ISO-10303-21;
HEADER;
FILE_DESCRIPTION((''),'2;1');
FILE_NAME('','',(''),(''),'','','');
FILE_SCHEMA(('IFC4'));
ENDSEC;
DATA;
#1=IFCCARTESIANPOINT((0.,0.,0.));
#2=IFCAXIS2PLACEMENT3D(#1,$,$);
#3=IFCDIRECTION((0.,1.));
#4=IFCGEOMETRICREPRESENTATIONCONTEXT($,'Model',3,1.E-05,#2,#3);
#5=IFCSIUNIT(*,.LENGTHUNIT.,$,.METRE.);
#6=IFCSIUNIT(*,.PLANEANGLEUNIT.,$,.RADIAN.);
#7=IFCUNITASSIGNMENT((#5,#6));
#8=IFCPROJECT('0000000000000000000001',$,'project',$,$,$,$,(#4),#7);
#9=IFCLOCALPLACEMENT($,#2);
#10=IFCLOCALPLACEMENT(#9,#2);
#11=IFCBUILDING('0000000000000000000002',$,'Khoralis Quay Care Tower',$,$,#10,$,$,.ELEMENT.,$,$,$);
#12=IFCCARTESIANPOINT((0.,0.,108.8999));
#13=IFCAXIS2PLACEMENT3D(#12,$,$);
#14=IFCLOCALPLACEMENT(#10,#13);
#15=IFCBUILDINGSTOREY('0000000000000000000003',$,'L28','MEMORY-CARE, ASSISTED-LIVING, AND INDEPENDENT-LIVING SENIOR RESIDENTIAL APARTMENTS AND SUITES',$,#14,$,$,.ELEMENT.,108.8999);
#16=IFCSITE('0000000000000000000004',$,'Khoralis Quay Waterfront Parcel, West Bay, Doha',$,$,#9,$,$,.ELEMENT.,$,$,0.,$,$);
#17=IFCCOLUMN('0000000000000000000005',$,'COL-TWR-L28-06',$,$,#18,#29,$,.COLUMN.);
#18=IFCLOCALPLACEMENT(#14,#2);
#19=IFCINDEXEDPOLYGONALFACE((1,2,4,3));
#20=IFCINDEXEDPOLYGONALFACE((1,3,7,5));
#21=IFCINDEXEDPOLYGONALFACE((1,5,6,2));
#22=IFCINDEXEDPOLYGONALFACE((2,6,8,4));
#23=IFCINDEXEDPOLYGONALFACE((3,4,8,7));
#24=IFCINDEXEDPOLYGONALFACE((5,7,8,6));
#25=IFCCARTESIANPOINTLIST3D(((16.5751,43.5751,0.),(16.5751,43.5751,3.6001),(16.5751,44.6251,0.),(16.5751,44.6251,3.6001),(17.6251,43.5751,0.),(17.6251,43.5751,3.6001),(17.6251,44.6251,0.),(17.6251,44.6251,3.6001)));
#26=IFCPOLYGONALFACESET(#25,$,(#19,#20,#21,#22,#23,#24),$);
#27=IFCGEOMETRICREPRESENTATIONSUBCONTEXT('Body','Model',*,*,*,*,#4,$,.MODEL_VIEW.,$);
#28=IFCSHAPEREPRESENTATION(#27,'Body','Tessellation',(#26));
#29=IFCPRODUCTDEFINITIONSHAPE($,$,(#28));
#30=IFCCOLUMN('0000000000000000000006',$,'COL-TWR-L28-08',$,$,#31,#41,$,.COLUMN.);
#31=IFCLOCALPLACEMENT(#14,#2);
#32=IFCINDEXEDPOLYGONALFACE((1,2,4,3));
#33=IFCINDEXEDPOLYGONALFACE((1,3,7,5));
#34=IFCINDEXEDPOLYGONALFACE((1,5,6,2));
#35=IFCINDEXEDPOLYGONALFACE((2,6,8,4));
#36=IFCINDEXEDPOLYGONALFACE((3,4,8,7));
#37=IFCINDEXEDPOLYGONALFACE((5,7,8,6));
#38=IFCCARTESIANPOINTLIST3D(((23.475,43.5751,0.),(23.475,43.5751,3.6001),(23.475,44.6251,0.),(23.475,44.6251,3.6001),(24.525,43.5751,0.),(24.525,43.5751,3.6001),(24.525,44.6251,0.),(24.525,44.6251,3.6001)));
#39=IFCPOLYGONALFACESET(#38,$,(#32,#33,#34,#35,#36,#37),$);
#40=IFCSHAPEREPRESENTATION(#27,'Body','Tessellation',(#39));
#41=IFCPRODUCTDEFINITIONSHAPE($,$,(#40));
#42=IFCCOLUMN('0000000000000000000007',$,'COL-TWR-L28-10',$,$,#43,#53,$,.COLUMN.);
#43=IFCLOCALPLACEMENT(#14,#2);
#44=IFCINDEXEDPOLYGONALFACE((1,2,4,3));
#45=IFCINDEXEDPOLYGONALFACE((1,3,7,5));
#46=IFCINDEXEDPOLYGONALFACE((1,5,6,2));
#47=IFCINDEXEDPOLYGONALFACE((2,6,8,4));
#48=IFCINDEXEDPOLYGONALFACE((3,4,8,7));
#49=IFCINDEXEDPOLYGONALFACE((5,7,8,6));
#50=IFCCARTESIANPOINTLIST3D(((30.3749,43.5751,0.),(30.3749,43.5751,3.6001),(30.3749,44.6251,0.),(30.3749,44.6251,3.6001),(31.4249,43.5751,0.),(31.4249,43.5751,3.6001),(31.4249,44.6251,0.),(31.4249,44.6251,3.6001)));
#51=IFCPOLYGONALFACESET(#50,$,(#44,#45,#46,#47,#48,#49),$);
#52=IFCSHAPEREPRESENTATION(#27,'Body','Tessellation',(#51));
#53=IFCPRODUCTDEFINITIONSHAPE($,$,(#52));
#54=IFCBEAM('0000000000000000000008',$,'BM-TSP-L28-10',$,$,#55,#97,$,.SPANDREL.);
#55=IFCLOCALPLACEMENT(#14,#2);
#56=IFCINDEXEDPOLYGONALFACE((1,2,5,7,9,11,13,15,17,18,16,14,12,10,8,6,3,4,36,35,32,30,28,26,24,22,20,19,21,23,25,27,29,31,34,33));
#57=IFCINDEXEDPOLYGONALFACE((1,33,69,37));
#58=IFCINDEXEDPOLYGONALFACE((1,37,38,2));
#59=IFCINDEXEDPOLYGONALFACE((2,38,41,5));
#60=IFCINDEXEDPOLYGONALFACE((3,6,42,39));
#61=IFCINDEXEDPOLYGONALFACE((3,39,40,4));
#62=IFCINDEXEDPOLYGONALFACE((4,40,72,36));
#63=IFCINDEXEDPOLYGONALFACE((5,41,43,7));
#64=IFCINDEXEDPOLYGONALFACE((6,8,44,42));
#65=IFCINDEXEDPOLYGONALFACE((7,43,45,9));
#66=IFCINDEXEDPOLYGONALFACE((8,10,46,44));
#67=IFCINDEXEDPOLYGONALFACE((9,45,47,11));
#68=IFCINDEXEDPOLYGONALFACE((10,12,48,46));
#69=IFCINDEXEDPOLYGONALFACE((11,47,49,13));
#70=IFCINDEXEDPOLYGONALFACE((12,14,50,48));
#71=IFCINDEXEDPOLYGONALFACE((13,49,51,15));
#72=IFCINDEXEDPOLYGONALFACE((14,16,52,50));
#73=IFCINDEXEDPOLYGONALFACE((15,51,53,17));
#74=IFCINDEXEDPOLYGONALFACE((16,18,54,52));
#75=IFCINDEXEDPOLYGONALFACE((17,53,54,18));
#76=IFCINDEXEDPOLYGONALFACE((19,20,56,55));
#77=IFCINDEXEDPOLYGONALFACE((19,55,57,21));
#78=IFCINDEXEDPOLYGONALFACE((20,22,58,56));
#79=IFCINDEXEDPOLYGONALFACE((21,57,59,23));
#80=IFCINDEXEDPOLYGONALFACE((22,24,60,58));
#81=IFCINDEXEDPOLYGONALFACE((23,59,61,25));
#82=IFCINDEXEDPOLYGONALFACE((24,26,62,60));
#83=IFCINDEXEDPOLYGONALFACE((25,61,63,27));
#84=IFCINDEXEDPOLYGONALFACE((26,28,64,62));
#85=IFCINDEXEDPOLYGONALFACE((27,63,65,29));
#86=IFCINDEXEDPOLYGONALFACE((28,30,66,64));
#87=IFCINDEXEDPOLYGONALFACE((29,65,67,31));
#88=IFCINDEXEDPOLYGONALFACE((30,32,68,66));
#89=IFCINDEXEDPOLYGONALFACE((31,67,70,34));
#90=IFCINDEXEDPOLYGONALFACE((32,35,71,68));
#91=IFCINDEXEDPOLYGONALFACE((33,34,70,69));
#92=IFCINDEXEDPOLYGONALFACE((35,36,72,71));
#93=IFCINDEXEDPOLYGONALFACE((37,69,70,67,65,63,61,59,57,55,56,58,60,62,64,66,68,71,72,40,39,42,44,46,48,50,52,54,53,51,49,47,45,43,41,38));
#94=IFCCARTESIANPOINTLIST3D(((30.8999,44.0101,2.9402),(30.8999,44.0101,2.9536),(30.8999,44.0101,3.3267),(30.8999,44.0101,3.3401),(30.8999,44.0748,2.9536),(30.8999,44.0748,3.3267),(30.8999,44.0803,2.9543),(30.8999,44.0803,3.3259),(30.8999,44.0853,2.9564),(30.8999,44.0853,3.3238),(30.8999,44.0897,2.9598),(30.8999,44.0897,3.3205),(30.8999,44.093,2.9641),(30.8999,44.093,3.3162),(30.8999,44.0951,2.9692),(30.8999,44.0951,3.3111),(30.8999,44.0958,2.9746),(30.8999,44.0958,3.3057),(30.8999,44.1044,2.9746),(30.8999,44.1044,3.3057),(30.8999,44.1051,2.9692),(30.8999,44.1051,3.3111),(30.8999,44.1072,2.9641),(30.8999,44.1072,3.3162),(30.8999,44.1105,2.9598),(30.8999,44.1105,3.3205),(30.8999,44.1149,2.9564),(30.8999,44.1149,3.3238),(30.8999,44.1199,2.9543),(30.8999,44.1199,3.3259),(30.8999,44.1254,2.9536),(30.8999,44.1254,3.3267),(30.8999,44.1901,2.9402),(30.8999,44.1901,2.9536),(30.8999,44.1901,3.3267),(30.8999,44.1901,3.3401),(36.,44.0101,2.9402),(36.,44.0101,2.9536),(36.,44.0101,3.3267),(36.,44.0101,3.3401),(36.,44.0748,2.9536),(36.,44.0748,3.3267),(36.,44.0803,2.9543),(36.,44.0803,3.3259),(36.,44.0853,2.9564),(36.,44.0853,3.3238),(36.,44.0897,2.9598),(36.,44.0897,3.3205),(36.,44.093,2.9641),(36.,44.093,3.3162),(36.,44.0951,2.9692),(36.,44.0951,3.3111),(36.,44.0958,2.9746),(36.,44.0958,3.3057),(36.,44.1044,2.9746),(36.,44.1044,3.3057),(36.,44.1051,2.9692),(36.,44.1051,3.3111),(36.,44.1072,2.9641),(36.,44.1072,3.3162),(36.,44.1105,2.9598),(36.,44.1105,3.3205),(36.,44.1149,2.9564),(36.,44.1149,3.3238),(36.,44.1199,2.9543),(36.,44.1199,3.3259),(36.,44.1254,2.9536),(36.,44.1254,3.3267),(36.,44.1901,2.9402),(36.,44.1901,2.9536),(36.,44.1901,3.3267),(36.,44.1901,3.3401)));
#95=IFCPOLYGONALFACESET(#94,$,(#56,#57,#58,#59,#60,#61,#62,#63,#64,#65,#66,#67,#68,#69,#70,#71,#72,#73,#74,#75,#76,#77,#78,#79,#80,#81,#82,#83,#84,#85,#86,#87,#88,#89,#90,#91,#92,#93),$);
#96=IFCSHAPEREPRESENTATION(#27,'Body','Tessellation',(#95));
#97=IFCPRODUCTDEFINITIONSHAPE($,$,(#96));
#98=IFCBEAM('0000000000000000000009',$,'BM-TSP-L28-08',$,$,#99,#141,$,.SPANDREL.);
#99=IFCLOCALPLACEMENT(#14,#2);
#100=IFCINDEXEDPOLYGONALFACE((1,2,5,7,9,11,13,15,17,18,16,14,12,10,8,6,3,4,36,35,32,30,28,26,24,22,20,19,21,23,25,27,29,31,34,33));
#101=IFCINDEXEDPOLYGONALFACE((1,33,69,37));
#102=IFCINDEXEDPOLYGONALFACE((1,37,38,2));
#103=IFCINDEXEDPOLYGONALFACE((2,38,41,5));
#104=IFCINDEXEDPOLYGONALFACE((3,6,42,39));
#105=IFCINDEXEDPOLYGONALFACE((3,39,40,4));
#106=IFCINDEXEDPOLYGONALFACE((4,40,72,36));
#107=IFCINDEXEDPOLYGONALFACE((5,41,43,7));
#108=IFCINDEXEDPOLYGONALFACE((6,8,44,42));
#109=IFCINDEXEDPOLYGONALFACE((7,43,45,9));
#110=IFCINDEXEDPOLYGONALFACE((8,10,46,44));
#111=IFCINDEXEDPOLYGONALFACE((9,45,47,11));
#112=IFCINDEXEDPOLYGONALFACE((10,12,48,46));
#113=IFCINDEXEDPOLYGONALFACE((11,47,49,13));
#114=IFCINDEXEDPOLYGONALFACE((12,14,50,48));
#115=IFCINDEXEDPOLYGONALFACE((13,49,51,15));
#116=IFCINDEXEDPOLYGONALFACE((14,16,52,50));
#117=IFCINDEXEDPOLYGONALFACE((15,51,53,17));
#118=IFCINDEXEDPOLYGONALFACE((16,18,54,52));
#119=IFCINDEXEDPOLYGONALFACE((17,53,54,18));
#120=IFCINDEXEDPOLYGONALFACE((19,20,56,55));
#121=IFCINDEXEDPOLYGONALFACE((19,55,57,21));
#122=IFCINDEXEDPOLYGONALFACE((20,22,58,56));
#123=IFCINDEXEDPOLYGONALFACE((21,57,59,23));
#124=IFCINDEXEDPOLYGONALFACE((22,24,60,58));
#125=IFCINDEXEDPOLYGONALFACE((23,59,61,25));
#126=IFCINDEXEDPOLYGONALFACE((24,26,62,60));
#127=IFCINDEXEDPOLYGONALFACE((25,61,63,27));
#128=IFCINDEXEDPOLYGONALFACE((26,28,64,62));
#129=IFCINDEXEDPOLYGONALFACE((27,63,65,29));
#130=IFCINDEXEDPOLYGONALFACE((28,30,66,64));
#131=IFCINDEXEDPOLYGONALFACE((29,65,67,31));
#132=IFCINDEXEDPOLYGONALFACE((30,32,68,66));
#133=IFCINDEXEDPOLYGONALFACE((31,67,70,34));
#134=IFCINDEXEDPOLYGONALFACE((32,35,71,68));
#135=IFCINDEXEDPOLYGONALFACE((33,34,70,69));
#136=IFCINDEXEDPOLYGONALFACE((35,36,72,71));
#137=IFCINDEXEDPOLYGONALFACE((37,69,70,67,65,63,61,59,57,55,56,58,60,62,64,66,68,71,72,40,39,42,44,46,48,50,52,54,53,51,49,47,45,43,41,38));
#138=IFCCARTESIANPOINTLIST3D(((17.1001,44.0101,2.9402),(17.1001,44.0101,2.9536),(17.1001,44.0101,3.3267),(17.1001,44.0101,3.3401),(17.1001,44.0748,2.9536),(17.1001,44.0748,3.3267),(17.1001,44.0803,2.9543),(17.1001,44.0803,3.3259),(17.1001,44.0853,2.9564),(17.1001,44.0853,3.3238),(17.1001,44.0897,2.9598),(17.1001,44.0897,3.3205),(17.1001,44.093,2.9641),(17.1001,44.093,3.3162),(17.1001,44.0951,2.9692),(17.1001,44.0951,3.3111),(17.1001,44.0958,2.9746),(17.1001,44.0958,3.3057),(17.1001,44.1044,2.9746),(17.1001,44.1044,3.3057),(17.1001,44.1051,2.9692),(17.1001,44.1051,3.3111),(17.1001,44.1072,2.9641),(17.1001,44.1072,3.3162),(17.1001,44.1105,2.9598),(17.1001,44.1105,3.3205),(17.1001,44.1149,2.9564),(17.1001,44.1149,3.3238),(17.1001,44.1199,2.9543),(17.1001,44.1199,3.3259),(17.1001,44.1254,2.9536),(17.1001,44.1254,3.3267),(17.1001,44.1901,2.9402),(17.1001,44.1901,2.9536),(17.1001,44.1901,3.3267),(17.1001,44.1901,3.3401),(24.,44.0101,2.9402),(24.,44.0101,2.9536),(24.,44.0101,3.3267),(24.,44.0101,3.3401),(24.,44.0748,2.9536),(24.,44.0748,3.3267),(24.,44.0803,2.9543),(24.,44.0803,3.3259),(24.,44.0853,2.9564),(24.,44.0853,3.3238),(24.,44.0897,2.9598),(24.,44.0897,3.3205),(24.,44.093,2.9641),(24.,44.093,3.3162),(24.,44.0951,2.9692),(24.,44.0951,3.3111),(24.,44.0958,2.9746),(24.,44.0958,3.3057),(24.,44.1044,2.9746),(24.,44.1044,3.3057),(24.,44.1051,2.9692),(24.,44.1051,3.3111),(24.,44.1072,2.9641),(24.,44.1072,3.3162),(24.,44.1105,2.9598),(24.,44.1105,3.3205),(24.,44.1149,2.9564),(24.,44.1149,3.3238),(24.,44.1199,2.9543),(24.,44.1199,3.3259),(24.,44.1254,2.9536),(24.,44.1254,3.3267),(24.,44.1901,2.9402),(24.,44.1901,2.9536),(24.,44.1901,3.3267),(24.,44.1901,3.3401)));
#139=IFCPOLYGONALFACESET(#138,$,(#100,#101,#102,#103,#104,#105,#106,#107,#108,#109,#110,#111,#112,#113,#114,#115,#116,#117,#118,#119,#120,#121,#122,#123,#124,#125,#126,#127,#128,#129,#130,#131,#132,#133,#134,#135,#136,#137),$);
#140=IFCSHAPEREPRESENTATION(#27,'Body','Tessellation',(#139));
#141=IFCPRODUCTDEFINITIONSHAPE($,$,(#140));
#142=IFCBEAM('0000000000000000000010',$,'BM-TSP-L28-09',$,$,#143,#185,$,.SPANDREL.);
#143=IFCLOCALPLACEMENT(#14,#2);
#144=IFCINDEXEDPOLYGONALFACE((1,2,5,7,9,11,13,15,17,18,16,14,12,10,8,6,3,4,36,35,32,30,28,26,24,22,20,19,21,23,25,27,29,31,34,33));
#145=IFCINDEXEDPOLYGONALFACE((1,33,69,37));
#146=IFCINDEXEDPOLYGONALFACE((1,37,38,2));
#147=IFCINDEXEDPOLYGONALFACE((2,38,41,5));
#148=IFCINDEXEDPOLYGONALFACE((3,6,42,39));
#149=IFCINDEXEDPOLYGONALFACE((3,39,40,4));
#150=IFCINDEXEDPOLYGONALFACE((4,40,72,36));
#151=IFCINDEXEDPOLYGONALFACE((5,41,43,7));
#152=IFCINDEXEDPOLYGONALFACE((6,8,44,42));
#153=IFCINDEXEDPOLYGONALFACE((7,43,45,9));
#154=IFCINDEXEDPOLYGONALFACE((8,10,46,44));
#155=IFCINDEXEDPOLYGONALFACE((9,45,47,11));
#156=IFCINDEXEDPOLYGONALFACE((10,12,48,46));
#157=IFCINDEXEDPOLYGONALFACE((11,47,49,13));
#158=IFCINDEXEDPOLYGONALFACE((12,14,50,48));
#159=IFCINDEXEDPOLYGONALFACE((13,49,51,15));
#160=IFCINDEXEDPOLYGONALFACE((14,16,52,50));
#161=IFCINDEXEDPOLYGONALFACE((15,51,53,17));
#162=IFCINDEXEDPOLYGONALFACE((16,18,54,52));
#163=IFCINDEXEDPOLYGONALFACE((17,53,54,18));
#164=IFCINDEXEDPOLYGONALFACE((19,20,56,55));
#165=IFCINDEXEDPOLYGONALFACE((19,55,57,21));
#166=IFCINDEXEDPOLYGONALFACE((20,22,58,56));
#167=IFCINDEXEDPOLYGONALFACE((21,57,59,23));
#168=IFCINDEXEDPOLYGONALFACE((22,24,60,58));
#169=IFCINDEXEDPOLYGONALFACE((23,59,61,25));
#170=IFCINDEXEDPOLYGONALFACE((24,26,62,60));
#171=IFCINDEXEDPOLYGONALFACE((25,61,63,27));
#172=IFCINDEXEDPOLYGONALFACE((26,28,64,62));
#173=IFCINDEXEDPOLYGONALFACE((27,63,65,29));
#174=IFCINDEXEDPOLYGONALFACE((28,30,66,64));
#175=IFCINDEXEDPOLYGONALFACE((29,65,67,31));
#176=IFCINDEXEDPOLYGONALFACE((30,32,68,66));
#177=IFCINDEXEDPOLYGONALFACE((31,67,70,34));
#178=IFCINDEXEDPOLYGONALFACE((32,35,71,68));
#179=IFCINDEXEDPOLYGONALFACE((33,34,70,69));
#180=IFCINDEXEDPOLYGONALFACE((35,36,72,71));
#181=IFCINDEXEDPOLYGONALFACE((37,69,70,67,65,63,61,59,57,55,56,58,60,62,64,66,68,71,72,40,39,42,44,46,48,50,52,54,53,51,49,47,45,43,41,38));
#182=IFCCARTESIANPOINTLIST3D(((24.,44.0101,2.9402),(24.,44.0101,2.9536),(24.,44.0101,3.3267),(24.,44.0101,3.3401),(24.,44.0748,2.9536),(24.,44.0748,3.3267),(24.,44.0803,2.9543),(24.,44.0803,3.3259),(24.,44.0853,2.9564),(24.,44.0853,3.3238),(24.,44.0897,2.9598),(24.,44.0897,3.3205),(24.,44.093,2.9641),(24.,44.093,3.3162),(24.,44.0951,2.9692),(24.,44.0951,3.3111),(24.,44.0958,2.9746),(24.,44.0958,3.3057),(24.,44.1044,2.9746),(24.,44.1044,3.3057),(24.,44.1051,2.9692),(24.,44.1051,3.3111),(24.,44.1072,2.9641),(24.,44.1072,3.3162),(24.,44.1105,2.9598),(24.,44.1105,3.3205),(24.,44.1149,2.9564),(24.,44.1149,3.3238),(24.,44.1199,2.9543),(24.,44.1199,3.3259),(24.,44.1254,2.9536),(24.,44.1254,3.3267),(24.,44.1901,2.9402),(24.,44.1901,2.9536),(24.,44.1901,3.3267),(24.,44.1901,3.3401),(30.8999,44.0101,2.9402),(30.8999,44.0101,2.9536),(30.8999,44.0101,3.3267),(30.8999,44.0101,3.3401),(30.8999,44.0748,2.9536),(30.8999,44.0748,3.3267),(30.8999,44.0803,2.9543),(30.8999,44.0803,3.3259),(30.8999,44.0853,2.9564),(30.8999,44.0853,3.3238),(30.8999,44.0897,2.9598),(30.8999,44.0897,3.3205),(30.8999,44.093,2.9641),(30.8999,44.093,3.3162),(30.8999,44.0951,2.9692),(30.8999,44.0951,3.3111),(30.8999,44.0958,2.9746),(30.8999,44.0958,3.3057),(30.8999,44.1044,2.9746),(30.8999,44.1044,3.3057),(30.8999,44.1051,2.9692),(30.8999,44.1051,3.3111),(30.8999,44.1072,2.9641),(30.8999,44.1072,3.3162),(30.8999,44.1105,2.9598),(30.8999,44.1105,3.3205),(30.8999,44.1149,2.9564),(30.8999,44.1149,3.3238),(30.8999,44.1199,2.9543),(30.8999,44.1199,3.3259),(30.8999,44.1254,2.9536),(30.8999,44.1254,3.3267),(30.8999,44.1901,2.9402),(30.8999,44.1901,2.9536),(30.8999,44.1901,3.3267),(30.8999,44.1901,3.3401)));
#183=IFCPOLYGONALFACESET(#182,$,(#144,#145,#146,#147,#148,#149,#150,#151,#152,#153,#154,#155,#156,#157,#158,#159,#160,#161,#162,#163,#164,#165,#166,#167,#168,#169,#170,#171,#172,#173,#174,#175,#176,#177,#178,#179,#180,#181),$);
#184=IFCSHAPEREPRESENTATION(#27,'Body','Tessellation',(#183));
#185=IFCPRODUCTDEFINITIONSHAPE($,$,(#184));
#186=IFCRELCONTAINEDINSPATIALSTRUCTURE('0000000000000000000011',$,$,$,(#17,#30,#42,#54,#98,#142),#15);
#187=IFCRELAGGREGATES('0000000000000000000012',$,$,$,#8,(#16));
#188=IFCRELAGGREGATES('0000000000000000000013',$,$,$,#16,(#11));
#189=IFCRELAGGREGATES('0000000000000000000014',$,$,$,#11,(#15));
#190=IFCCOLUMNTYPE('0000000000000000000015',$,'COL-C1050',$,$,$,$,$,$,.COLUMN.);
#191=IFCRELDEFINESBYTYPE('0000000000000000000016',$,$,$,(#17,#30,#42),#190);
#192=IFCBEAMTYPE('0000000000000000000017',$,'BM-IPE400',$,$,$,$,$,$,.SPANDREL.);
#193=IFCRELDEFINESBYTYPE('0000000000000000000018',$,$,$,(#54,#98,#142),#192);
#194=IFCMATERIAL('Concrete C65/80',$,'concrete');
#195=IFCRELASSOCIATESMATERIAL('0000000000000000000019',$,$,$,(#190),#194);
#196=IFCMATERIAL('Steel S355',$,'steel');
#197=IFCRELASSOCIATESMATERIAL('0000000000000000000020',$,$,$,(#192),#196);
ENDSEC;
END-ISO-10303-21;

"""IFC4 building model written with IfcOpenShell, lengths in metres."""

from ifc_helpers import new_model, si_unit, direction, frame, origin, origin_2d, place, context, subcontext, project, spatial, rectangle, i_section, extrude, source, transform, mapped, material, material_profile, profile_set, type_object, element, save


model = new_model("IFC4")

# Units and contexts
model_context = context("Model", 3, precision=1e-05, world=origin(), true_north=direction((0.0, 1.0)))
body_context = subcontext(model_context, "Body", "Model", "MODEL_VIEW")
ifc_project = project(units=[si_unit("LENGTHUNIT", "METRE"), si_unit("PLANEANGLEUNIT", "RADIAN")], contexts=[model_context])

# Site, building, storey
site_placement = place(None, origin())
site = spatial("IfcSite", under=ifc_project, at=site_placement, Name="Khoralis Quay Waterfront Parcel, West Bay, Doha", CompositionType="ELEMENT", RefElevation=0.0)
building_placement = place(site_placement, origin())
building = spatial("IfcBuilding", under=site, at=building_placement, Name="Khoralis Quay Care Tower", CompositionType="ELEMENT")
storey_placement = place(building_placement, frame((0.0, 0.0, 108.8999)))
storey = spatial("IfcBuildingStorey", under=building, at=storey_placement, Name="L28", Description="MEMORY-CARE, ASSISTED-LIVING, AND INDEPENDENT-LIVING SENIOR RESIDENTIAL APARTMENTS AND SUITES", CompositionType="ELEMENT", Elevation=108.8999)

# Columns
ifc_material_1 = material(Name="Concrete C65/80", Category="concrete")
ifc_material_profile_1 = material_profile(ifc_material_1, rectangle(XDim=1.05, YDim=1.05, at=origin_2d()), Name="Concrete C65/80")
ifc_profile_set_1 = profile_set([ifc_material_profile_1], Name="Concrete C65/80")
column_type = type_object("IfcColumnType", Name="COL-C1050", PredefinedType="COLUMN", material=ifc_profile_set_1)
shared_shape_1 = source(origin(), body_context, "Body", "SweptSolid", [
    extrude(rectangle(XDim=1.05, YDim=1.05, at=origin_2d()), origin(), (0.0, 0.0, 1.0), 3.6001),
])
for number, where, z_axis, x_axis, name in (
    (1, (17.1001, 44.1001, 0.0), (0.0, 0.0, 1.0), (1.0, 0.0, 0.0), "COL-TWR-L28-06"),
    (2, (24.0, 44.1001, 0.0), (0.0, 0.0, 1.0), (1.0, 0.0, 0.0), "COL-TWR-L28-08"),
    (3, (30.8999, 44.1001, 0.0), (0.0, 0.0, 1.0), (1.0, 0.0, 0.0), "COL-TWR-L28-10"),
):
    element("IfcColumn", number, at=place(storey_placement, frame(where, z_axis=z_axis, x_axis=x_axis)), inside=storey, type_object=column_type, Name=name, PredefinedType="COLUMN", context=body_context, shape_type="MappedRepresentation", body=[
        mapped(shared_shape_1, transform((0.0, 0.0, 0.0), scale=1.0)),
    ])

# Beams
ifc_material_2 = material(Name="Steel S355", Category="steel")
ifc_material_profile_2 = material_profile(ifc_material_2, i_section(OverallWidth=0.1799, OverallDepth=0.3999, WebThickness=0.0085, FlangeThickness=0.0134, FilletRadius=0.021, at=origin_2d()), Name="Steel S355")
ifc_profile_set_2 = profile_set([ifc_material_profile_2], Name="Steel S355")
beam_type_1 = type_object("IfcBeamType", Name="BM-IPE400", PredefinedType="SPANDREL", material=ifc_profile_set_2)
shared_shape_2 = source(origin(), body_context, "Body", "SweptSolid", [
    extrude(i_section(OverallWidth=0.1799, OverallDepth=0.3999, WebThickness=0.0085, FlangeThickness=0.0134, FilletRadius=0.021, at=origin_2d()), origin(), (0.0, 0.0, 1.0), 5.1001),
])
beam_1_placement = place(storey_placement, frame((30.8999, 44.1001, 3.1401), z_axis=(1.0, 0.0, 0.0), x_axis=(0.0, 1.0, 0.0)))
element("IfcBeam", 4, at=beam_1_placement, inside=storey, type_object=beam_type_1, Name="BM-TSP-L28-10", PredefinedType="SPANDREL", context=body_context, shape_type="MappedRepresentation", body=[
    mapped(shared_shape_2, transform((0.0, 0.0, 0.0), scale=1.0)),
])
shared_shape_3 = source(origin(), body_context, "Body", "SweptSolid", [
    extrude(i_section(OverallWidth=0.1799, OverallDepth=0.3999, WebThickness=0.0085, FlangeThickness=0.0134, FilletRadius=0.021, at=origin_2d()), origin(), (0.0, 0.0, 1.0), 6.8999),
])
for number, where, z_axis, x_axis, name in (
    (5, (17.1001, 44.1001, 3.1401), (1.0, 0.0, 0.0), (0.0, 1.0, 0.0), "BM-TSP-L28-08"),
    (6, (24.0, 44.1001, 3.1401), (1.0, 0.0, 0.0), (0.0, 1.0, 0.0), "BM-TSP-L28-09"),
):
    element("IfcBeam", number, at=place(storey_placement, frame(where, z_axis=z_axis, x_axis=x_axis)), inside=storey, type_object=beam_type_1, Name=name, PredefinedType="SPANDREL", context=body_context, shape_type="MappedRepresentation", body=[
        mapped(shared_shape_3, transform((0.0, 0.0, 0.0), scale=1.0)),
    ])

save(model, "model.ifc")
